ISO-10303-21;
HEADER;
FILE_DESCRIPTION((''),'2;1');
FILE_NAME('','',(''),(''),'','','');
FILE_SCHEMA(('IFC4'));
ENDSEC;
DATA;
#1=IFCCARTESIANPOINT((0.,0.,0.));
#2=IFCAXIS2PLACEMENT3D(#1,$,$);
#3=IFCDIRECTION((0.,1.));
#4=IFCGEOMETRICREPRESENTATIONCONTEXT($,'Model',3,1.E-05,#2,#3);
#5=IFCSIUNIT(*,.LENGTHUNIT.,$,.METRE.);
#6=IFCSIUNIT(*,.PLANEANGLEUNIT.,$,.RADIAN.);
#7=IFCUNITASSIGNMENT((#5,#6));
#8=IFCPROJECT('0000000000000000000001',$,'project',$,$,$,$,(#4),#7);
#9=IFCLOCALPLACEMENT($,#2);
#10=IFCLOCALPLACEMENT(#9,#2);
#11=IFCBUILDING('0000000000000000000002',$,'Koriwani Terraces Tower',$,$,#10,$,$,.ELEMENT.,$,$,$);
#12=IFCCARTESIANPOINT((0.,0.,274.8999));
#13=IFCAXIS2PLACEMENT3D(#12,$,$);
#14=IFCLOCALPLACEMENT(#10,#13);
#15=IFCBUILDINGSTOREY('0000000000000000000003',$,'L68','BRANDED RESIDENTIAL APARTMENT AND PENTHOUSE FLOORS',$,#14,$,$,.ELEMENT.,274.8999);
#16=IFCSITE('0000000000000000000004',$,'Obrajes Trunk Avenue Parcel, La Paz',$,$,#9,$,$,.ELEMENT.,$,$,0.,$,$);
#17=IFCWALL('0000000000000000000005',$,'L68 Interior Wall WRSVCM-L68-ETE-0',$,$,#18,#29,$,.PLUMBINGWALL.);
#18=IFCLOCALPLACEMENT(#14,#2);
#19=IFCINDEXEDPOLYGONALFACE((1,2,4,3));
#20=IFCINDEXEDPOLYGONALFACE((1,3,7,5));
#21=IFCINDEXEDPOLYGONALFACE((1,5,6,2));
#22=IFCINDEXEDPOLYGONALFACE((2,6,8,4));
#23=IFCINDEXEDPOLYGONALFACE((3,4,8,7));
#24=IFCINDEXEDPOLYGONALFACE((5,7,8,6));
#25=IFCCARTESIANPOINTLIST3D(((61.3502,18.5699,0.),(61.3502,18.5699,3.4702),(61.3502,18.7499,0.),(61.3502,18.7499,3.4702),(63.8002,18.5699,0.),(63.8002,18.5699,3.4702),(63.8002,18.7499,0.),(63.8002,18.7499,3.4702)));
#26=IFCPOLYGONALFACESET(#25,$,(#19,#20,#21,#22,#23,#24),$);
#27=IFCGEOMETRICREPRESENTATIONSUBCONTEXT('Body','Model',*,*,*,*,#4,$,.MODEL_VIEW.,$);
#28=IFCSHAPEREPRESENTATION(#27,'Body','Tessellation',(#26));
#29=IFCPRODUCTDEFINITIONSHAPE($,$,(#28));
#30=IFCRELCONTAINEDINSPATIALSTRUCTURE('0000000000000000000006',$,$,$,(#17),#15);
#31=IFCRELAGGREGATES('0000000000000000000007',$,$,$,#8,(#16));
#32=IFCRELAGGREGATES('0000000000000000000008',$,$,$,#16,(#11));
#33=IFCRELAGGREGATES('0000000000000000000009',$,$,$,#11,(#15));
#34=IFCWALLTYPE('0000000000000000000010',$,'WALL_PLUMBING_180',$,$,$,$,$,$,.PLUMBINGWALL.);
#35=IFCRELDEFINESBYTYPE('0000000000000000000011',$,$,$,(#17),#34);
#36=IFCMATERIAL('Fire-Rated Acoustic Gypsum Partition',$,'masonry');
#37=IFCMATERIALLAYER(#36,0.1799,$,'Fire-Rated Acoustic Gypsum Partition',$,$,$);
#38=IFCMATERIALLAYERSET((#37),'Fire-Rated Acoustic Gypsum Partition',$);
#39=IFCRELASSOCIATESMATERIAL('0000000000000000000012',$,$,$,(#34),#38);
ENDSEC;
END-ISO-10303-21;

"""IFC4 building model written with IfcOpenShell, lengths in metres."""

from ifc_helpers import new_model, si_unit, direction, frame, frame_2d, origin, place, context, subcontext, project, spatial, rectangle, extrude, material, layer, layer_set, type_object, element, save


model = new_model("IFC4")

# Units and contexts
model_context = context("Model", 3, precision=1e-05, world=origin(), true_north=direction((0.0, 1.0)))
body_context = subcontext(model_context, "Body", "Model", "MODEL_VIEW")
ifc_project = project(units=[si_unit("LENGTHUNIT", "METRE"), si_unit("PLANEANGLEUNIT", "RADIAN")], contexts=[model_context])

# Site, building, storey
site_placement = place(None, origin())
site = spatial("IfcSite", under=ifc_project, at=site_placement, Name="Obrajes Trunk Avenue Parcel, La Paz", CompositionType="ELEMENT", RefElevation=0.0)
building_placement = place(site_placement, origin())
building = spatial("IfcBuilding", under=site, at=building_placement, Name="Koriwani Terraces Tower", CompositionType="ELEMENT")
storey_placement = place(building_placement, frame((0.0, 0.0, 274.8999)))
storey = spatial("IfcBuildingStorey", under=building, at=storey_placement, Name="L68", Description="BRANDED RESIDENTIAL APARTMENT AND PENTHOUSE FLOORS", CompositionType="ELEMENT", Elevation=274.8999)

# Shared definitions
ifc_material_1 = material(Name="Fire-Rated Acoustic Gypsum Partition", Category="masonry")
ifc_layer_1 = layer(ifc_material_1, 0.1799, Name="Fire-Rated Acoustic Gypsum Partition")
ifc_layer_set_1 = layer_set([ifc_layer_1], Name="Fire-Rated Acoustic Gypsum Partition")
wall_type_1 = type_object("IfcWallType", Name="WALL_PLUMBING_180", PredefinedType="PLUMBINGWALL", material=ifc_layer_set_1)

# Wall
wall_1_placement = place(storey_placement, frame((61.3501, 18.6599, 0.0), z_axis=(0.0, 0.0, 1.0), x_axis=(1.0, 0.0, 0.0)))
element("IfcWall", 1, at=wall_1_placement, inside=storey, type_object=wall_type_1, Name="L68 Interior Wall WRSVCM-L68-ETE-0", PredefinedType="PLUMBINGWALL", context=body_context, shape_type="SweptSolid", body=[
    extrude(rectangle(XDim=2.45, YDim=0.1799, at=frame_2d((1.2251, 0.0))), origin(), (0.0, 0.0, 1.0), 3.4702),
])

save(model, "model.ifc")
